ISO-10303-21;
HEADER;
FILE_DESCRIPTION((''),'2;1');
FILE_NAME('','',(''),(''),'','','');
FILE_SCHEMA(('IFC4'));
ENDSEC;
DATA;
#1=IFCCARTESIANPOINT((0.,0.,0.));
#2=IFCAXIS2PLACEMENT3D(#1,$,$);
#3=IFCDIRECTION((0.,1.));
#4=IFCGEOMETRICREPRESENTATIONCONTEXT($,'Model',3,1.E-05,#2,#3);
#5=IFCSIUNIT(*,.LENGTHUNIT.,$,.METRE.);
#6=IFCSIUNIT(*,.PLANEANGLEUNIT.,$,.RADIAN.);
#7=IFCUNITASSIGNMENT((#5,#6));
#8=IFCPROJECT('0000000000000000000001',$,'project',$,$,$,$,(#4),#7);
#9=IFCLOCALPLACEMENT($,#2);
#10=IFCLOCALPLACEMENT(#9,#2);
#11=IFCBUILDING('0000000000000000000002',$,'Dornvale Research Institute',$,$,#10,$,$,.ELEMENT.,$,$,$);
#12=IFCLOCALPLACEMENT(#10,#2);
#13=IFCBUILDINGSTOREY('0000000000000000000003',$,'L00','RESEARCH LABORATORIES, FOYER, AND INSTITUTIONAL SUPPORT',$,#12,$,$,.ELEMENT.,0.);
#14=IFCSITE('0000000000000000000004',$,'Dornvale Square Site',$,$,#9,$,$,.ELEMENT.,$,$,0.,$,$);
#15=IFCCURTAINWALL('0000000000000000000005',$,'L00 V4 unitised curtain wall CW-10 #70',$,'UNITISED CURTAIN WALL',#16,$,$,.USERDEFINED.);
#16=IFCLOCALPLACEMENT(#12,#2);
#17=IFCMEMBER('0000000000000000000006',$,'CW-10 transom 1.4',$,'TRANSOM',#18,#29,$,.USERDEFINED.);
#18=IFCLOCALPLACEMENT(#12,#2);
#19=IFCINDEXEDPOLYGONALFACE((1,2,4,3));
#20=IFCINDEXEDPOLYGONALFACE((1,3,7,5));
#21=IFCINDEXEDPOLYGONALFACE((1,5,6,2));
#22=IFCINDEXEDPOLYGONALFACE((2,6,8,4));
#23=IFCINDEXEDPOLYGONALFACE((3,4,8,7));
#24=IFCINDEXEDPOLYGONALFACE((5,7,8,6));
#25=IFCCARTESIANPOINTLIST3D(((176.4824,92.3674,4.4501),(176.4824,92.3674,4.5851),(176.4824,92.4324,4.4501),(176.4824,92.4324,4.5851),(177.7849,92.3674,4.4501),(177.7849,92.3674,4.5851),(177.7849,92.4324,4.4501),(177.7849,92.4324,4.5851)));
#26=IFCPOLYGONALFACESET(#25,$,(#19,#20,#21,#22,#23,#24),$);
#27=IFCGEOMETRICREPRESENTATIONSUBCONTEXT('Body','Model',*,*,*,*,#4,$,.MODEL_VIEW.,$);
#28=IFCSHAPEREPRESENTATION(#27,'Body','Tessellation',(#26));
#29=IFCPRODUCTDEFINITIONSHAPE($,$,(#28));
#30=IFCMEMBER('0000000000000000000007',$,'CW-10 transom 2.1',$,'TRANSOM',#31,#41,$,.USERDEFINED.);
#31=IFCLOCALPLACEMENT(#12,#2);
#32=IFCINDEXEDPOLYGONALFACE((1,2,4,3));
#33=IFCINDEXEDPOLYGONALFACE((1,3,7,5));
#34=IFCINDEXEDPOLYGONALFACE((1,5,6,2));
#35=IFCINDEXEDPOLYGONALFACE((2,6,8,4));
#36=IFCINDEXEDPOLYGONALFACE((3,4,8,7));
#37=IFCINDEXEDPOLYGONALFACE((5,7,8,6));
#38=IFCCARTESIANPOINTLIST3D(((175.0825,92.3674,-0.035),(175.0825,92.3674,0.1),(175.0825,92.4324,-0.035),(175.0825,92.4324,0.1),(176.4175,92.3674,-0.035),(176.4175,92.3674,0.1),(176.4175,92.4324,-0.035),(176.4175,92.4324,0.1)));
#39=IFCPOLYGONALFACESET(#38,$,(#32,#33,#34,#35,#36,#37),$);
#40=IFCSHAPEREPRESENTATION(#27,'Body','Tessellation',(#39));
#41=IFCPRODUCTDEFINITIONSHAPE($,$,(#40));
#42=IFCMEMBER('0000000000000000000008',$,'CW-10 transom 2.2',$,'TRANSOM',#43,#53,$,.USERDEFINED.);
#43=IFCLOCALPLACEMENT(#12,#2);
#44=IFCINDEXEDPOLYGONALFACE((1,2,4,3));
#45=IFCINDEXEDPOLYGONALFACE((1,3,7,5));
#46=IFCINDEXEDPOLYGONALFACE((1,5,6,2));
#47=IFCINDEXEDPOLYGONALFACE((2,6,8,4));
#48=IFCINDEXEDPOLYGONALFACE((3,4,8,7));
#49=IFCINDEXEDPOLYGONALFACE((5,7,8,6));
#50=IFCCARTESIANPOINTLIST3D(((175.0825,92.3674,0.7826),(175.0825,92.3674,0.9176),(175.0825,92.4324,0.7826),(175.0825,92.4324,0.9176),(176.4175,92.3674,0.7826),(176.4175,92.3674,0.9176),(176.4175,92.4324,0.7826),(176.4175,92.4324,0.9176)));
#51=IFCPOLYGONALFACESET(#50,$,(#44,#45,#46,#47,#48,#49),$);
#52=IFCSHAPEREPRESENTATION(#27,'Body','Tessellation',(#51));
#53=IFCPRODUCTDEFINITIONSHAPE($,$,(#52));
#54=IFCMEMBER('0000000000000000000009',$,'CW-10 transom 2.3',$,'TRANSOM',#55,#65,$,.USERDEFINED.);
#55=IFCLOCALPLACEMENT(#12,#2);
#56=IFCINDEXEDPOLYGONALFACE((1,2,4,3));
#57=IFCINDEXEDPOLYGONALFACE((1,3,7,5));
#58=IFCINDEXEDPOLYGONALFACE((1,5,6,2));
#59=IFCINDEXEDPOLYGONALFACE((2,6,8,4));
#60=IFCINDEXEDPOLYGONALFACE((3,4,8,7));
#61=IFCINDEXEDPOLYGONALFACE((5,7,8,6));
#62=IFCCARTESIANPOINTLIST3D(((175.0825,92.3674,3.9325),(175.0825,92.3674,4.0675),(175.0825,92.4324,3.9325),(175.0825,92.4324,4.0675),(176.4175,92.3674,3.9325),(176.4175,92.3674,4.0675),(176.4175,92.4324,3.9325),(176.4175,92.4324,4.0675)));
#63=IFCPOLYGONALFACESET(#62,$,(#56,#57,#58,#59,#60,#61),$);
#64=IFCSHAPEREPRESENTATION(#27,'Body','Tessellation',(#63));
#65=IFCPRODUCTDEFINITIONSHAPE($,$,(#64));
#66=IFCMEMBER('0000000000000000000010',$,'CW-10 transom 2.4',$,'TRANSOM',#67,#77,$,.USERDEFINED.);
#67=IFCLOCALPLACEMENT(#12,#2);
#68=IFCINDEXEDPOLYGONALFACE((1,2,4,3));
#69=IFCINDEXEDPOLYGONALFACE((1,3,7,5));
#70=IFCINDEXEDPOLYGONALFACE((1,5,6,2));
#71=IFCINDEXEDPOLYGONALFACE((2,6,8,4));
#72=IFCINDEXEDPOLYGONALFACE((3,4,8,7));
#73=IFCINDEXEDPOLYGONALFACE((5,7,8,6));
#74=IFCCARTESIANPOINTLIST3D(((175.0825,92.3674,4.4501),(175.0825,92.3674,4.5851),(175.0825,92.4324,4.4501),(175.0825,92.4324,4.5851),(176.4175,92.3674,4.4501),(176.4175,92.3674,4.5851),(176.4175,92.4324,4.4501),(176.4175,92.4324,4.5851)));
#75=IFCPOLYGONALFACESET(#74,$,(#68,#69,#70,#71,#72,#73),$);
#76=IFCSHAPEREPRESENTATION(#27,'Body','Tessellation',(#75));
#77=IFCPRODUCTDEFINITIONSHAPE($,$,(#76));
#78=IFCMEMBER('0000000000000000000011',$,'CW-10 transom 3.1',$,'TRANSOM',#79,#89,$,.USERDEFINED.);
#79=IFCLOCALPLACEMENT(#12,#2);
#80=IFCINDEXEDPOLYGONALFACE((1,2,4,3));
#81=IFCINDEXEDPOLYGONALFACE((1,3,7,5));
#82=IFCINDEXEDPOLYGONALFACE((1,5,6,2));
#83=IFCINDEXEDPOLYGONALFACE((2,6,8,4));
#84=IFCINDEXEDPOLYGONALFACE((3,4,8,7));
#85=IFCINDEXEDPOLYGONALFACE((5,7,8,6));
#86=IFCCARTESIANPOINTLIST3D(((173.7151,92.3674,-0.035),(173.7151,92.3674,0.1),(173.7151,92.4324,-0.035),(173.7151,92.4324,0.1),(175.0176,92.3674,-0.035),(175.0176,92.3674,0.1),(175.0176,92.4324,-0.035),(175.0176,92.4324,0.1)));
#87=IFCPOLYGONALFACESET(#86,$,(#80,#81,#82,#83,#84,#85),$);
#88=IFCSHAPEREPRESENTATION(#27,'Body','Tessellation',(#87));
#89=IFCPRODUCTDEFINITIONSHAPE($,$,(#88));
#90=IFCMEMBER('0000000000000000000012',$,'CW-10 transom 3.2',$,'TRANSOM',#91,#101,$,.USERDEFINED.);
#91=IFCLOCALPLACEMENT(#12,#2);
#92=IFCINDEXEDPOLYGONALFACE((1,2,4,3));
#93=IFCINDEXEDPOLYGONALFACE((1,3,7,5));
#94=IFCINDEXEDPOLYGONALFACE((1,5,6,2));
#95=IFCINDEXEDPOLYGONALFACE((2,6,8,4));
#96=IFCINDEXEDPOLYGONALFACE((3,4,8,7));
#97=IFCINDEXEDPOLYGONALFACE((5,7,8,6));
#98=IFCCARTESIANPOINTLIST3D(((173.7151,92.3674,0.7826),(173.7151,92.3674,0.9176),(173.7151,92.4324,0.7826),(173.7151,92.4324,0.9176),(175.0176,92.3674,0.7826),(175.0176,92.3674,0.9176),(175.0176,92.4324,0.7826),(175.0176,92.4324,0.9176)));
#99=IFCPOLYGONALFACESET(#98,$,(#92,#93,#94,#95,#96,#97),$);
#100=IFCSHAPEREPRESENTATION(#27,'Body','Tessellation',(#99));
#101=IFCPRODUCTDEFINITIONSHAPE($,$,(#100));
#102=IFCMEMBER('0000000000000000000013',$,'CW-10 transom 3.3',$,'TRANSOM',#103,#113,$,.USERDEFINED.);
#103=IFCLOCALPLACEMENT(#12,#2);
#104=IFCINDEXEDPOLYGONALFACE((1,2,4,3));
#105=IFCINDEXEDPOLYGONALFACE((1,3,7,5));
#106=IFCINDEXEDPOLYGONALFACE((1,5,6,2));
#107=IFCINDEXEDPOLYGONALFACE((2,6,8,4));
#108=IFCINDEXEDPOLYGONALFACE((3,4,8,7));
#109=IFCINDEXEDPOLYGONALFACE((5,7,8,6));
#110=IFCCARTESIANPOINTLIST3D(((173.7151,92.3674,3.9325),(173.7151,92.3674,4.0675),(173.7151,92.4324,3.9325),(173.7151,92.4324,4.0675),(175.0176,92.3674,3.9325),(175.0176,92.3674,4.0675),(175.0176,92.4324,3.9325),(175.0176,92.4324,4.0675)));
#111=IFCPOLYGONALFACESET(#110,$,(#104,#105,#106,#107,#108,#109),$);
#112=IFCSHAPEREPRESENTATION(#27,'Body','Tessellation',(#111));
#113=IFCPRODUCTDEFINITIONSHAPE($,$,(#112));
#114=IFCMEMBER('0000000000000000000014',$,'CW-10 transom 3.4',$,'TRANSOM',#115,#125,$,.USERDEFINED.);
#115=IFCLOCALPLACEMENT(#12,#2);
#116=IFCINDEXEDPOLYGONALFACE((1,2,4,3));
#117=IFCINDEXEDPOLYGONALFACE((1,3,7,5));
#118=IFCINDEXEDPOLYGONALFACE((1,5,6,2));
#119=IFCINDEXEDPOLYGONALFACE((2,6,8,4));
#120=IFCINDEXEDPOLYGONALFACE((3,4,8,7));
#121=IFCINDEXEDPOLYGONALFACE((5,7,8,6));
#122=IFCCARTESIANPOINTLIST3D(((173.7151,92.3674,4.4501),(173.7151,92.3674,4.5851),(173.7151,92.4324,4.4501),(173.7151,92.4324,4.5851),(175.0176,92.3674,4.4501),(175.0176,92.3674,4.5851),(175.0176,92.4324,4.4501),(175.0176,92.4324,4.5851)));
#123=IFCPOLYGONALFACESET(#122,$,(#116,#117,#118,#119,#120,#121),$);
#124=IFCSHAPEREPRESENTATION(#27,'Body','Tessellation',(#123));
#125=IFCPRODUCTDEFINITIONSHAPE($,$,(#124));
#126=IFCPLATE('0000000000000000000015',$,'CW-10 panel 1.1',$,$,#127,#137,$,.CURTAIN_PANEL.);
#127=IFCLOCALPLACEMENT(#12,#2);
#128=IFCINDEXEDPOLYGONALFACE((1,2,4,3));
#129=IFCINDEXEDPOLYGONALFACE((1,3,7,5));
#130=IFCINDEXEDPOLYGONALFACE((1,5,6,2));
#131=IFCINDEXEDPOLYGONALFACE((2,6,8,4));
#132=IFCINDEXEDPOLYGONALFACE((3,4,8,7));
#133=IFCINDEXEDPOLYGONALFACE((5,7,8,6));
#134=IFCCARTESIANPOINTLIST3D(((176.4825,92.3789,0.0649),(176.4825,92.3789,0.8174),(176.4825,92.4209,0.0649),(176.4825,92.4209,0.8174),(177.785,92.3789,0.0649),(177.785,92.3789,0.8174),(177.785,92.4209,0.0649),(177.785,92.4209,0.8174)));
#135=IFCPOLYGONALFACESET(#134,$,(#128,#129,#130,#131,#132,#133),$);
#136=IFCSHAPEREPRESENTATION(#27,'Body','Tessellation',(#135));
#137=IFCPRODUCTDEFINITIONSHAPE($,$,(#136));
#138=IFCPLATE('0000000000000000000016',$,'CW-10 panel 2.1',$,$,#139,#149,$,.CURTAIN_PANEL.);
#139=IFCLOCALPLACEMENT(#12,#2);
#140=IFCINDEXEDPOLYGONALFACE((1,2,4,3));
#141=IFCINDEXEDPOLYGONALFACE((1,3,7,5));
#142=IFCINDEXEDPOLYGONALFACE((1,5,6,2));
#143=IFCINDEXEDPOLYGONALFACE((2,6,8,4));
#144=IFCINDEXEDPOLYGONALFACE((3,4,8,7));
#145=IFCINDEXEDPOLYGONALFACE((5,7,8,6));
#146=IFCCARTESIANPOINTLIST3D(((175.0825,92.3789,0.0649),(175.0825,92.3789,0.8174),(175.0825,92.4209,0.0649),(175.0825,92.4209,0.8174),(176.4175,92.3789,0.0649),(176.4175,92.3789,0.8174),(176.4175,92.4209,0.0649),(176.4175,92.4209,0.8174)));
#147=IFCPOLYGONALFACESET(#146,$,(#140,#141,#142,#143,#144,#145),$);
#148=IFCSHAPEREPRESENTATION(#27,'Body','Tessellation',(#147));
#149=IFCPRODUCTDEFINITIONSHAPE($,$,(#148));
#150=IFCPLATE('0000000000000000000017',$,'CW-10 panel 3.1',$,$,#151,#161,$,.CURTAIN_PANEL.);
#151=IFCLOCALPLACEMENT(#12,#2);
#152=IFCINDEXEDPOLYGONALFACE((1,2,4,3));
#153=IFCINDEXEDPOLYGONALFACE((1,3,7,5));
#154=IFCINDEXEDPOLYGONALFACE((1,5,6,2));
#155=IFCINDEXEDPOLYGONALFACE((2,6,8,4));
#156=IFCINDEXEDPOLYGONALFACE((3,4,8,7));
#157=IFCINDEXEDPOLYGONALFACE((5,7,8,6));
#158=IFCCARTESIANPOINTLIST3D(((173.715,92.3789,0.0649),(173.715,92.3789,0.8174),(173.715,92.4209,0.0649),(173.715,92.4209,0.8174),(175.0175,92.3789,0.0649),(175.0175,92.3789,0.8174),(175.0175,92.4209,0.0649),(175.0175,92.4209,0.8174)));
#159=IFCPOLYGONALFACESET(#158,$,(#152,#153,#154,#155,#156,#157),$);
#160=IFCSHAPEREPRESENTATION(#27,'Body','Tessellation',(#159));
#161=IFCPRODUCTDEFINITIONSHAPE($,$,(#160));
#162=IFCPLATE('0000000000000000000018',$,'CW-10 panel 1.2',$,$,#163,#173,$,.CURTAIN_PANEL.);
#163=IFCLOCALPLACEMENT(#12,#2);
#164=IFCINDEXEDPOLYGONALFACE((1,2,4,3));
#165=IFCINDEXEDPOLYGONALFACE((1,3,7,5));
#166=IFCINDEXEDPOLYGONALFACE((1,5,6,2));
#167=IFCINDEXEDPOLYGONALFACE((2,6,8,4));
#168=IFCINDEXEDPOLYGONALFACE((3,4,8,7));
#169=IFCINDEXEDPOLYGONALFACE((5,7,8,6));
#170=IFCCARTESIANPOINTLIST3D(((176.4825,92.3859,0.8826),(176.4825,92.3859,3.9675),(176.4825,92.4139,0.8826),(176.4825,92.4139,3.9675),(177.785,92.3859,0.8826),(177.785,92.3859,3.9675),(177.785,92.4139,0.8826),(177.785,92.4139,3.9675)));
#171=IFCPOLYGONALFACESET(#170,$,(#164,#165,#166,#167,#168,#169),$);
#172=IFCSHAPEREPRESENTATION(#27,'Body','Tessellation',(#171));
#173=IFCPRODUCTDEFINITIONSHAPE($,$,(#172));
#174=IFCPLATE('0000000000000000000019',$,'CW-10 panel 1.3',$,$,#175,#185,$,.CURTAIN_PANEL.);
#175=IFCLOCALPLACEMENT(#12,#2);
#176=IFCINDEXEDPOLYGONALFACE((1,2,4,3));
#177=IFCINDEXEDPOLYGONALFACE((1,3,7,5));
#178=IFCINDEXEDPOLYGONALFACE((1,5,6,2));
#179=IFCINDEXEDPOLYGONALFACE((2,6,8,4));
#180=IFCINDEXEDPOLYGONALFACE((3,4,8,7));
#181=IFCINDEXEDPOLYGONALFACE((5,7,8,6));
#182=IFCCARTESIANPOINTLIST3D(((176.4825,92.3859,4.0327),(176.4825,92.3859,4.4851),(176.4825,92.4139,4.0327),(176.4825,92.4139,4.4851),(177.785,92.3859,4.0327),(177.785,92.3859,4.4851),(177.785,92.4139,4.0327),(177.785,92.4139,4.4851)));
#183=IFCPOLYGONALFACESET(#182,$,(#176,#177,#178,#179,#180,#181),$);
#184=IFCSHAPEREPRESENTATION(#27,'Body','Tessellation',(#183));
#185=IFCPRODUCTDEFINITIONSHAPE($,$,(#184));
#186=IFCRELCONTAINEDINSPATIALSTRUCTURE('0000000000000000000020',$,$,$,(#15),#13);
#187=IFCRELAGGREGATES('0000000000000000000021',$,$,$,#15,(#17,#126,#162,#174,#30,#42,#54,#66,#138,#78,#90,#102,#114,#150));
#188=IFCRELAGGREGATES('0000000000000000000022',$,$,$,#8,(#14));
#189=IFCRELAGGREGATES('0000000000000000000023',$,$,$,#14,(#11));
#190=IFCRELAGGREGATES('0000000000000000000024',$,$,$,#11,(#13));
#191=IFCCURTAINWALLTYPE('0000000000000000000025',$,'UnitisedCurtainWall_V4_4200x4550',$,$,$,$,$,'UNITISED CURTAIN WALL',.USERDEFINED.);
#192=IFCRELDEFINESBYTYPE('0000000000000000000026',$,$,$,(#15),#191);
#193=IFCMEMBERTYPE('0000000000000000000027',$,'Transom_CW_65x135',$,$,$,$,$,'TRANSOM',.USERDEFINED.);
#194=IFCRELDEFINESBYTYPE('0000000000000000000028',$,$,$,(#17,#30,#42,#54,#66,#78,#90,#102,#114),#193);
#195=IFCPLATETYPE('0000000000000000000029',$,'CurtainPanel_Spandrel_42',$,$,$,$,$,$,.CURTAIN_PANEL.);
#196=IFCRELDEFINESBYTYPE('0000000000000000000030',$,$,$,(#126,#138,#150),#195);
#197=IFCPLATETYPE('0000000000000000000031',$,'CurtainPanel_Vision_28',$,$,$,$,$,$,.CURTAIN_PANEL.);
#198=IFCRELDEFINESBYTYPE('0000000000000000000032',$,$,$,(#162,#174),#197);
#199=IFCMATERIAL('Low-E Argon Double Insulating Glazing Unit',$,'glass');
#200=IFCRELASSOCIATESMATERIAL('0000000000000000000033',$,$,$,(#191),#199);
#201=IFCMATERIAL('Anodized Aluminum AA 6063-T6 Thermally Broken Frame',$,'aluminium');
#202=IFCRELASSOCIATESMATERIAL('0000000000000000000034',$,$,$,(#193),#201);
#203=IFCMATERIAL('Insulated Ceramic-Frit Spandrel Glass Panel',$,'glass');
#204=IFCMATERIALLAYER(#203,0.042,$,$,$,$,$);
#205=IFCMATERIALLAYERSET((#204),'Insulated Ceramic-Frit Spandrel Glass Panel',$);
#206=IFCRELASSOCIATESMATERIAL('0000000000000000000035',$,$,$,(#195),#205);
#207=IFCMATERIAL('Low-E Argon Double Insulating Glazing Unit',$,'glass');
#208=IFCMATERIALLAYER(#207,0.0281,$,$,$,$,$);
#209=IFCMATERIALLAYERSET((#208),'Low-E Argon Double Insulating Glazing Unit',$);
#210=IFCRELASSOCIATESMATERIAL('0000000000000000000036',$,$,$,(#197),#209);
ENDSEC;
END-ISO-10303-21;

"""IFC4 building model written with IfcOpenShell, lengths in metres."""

from ifc_helpers import new_model, si_unit, direction, frame, origin, origin_2d, place, context, subcontext, project, spatial, rectangle, extrude, material, layer, layer_set, material_profile, profile_set, type_object, element, aggregate, save


model = new_model("IFC4")

# Units and contexts
model_context = context("Model", 3, precision=1e-05, world=origin(), true_north=direction((0.0, 1.0)))
body_context = subcontext(model_context, "Body", "Model", "MODEL_VIEW")
ifc_project = project(units=[si_unit("LENGTHUNIT", "METRE"), si_unit("PLANEANGLEUNIT", "RADIAN")], contexts=[model_context])

# Site, building, storey
site_placement = place(None, origin())
site = spatial("IfcSite", under=ifc_project, at=site_placement, Name="Dornvale Square Site", CompositionType="ELEMENT", RefElevation=0.0)
building_placement = place(site_placement, origin())
building = spatial("IfcBuilding", under=site, at=building_placement, Name="Dornvale Research Institute", CompositionType="ELEMENT")
storey_placement = place(building_placement, origin())
storey = spatial("IfcBuildingStorey", under=building, at=storey_placement, Name="L00", Description="RESEARCH LABORATORIES, FOYER, AND INSTITUTIONAL SUPPORT", CompositionType="ELEMENT", Elevation=0.0)

# Curtain wall, members, plates
ifc_material_1 = material(Name="Low-E Argon Double Insulating Glazing Unit", Category="glass")
curtain_wall_type = type_object("IfcCurtainWallType", Name="UnitisedCurtainWall_V4_4200x4550", ElementType="UNITISED CURTAIN WALL", PredefinedType="USERDEFINED", material=ifc_material_1)
curtain_wall_placement = place(storey_placement, origin())
curtain_wall = element("IfcCurtainWall", 1, at=curtain_wall_placement, inside=storey, type_object=curtain_wall_type, Name="L00 V4 unitised curtain wall CW-10 #70", ObjectType="UNITISED CURTAIN WALL", PredefinedType="USERDEFINED")
ifc_material_2 = material(Name="Anodized Aluminum AA 6063-T6 Thermally Broken Frame", Category="aluminium")
ifc_material_profile_1 = material_profile(ifc_material_2, rectangle(XDim=0.0649, YDim=0.135, at=origin_2d()), Name="ALU TRANSOM 65x135")
ifc_profile_set_1 = profile_set([ifc_material_profile_1], Name="Anodized Aluminum AA 6063-T6 Thermally Broken Frame")
member_type_1 = type_object("IfcMemberType", Name="Transom_CW_65x135", ElementType="TRANSOM", PredefinedType="USERDEFINED", material=ifc_profile_set_1)
member_1_placement = place(storey_placement, frame((177.7849, 92.3999, 4.5176), z_axis=(-1.0, 0.0, 0.0), x_axis=(0.0, -1.0, 0.0)))
member_1 = element("IfcMember", 2, at=member_1_placement, type_object=member_type_1, Name="CW-10 transom 1.4", ObjectType="TRANSOM", PredefinedType="USERDEFINED", context=body_context, shape_type="SweptSolid", body=[
    extrude(rectangle(XDim=0.0649, YDim=0.135, at=origin_2d()), origin(), (0.0, 0.0, 1.0), 1.3025),
])
member_2_placement = place(storey_placement, frame((176.4175, 92.3999, 0.0325), z_axis=(-1.0, 0.0, 0.0), x_axis=(0.0, -1.0, 0.0)))
member_2 = element("IfcMember", 3, at=member_2_placement, type_object=member_type_1, Name="CW-10 transom 2.1", ObjectType="TRANSOM", PredefinedType="USERDEFINED", context=body_context, shape_type="SweptSolid", body=[
    extrude(rectangle(XDim=0.0649, YDim=0.135, at=origin_2d()), origin(), (0.0, 0.0, 1.0), 1.335),
])
member_3_placement = place(storey_placement, frame((176.4175, 92.3999, 0.8501), z_axis=(-1.0, 0.0, 0.0), x_axis=(0.0, -1.0, 0.0)))
member_3 = element("IfcMember", 4, at=member_3_placement, type_object=member_type_1, Name="CW-10 transom 2.2", ObjectType="TRANSOM", PredefinedType="USERDEFINED", context=body_context, shape_type="SweptSolid", body=[
    extrude(rectangle(XDim=0.0649, YDim=0.135, at=origin_2d()), origin(), (0.0, 0.0, 1.0), 1.335),
])
member_4_placement = place(storey_placement, frame((176.4175, 92.3999, 4.0), z_axis=(-1.0, 0.0, 0.0), x_axis=(0.0, -1.0, 0.0)))
member_4 = element("IfcMember", 5, at=member_4_placement, type_object=member_type_1, Name="CW-10 transom 2.3", ObjectType="TRANSOM", PredefinedType="USERDEFINED", context=body_context, shape_type="SweptSolid", body=[
    extrude(rectangle(XDim=0.0649, YDim=0.135, at=origin_2d()), origin(), (0.0, 0.0, 1.0), 1.335),
])
member_5_placement = place(storey_placement, frame((176.4175, 92.3999, 4.5176), z_axis=(-1.0, 0.0, 0.0), x_axis=(0.0, -1.0, 0.0)))
member_5 = element("IfcMember", 6, at=member_5_placement, type_object=member_type_1, Name="CW-10 transom 2.4", ObjectType="TRANSOM", PredefinedType="USERDEFINED", context=body_context, shape_type="SweptSolid", body=[
    extrude(rectangle(XDim=0.0649, YDim=0.135, at=origin_2d()), origin(), (0.0, 0.0, 1.0), 1.335),
])
member_6_placement = place(storey_placement, frame((175.0176, 92.3999, 0.0325), z_axis=(-1.0, 0.0, 0.0), x_axis=(0.0, -1.0, 0.0)))
member_6 = element("IfcMember", 7, at=member_6_placement, type_object=member_type_1, Name="CW-10 transom 3.1", ObjectType="TRANSOM", PredefinedType="USERDEFINED", context=body_context, shape_type="SweptSolid", body=[
    extrude(rectangle(XDim=0.0649, YDim=0.135, at=origin_2d()), origin(), (0.0, 0.0, 1.0), 1.3025),
])
member_7_placement = place(storey_placement, frame((175.0176, 92.3999, 0.8501), z_axis=(-1.0, 0.0, 0.0), x_axis=(0.0, -1.0, 0.0)))
member_7 = element("IfcMember", 8, at=member_7_placement, type_object=member_type_1, Name="CW-10 transom 3.2", ObjectType="TRANSOM", PredefinedType="USERDEFINED", context=body_context, shape_type="SweptSolid", body=[
    extrude(rectangle(XDim=0.0649, YDim=0.135, at=origin_2d()), origin(), (0.0, 0.0, 1.0), 1.3025),
])
member_8_placement = place(storey_placement, frame((175.0176, 92.3999, 4.0), z_axis=(-1.0, 0.0, 0.0), x_axis=(0.0, -1.0, 0.0)))
member_8 = element("IfcMember", 9, at=member_8_placement, type_object=member_type_1, Name="CW-10 transom 3.3", ObjectType="TRANSOM", PredefinedType="USERDEFINED", context=body_context, shape_type="SweptSolid", body=[
    extrude(rectangle(XDim=0.0649, YDim=0.135, at=origin_2d()), origin(), (0.0, 0.0, 1.0), 1.3025),
])
member_9_placement = place(storey_placement, frame((175.0176, 92.3999, 4.5176), z_axis=(-1.0, 0.0, 0.0), x_axis=(0.0, -1.0, 0.0)))
member_9 = element("IfcMember", 10, at=member_9_placement, type_object=member_type_1, Name="CW-10 transom 3.4", ObjectType="TRANSOM", PredefinedType="USERDEFINED", context=body_context, shape_type="SweptSolid", body=[
    extrude(rectangle(XDim=0.0649, YDim=0.135, at=origin_2d()), origin(), (0.0, 0.0, 1.0), 1.3025),
])
ifc_material_3 = material(Name="Insulated Ceramic-Frit Spandrel Glass Panel", Category="glass")
ifc_layer_1 = layer(ifc_material_3, 0.042)
ifc_layer_set_1 = layer_set([ifc_layer_1], Name="Insulated Ceramic-Frit Spandrel Glass Panel")
plate_type_1 = type_object("IfcPlateType", Name="CurtainPanel_Spandrel_42", PredefinedType="CURTAIN_PANEL", material=ifc_layer_set_1)
plate_1_placement = place(storey_placement, frame((177.1338, 92.3999, 0.0649), z_axis=(0.0, 0.0, 1.0), x_axis=(-1.0, 0.0, 0.0)))
plate_1 = element("IfcPlate", 11, at=plate_1_placement, type_object=plate_type_1, Name="CW-10 panel 1.1", PredefinedType="CURTAIN_PANEL", context=body_context, shape_type="SweptSolid", body=[
    extrude(rectangle(XDim=1.3025, YDim=0.042, at=origin_2d()), origin(), (0.0, 0.0, 1.0), 0.7524),
])
plate_2_placement = place(storey_placement, frame((175.75, 92.3999, 0.0649), z_axis=(0.0, 0.0, 1.0), x_axis=(-1.0, 0.0, 0.0)))
plate_2 = element("IfcPlate", 12, at=plate_2_placement, type_object=plate_type_1, Name="CW-10 panel 2.1", PredefinedType="CURTAIN_PANEL", context=body_context, shape_type="SweptSolid", body=[
    extrude(rectangle(XDim=1.335, YDim=0.042, at=origin_2d()), origin(), (0.0, 0.0, 1.0), 0.7524),
])
plate_3_placement = place(storey_placement, frame((174.3662, 92.3999, 0.0649), z_axis=(0.0, 0.0, 1.0), x_axis=(-1.0, 0.0, 0.0)))
plate_3 = element("IfcPlate", 13, at=plate_3_placement, type_object=plate_type_1, Name="CW-10 panel 3.1", PredefinedType="CURTAIN_PANEL", context=body_context, shape_type="SweptSolid", body=[
    extrude(rectangle(XDim=1.3025, YDim=0.042, at=origin_2d()), origin(), (0.0, 0.0, 1.0), 0.7524),
])
ifc_material_4 = material(Name="Low-E Argon Double Insulating Glazing Unit", Category="glass")
ifc_layer_2 = layer(ifc_material_4, 0.0281)
ifc_layer_set_2 = layer_set([ifc_layer_2], Name="Low-E Argon Double Insulating Glazing Unit")
plate_type_2 = type_object("IfcPlateType", Name="CurtainPanel_Vision_28", PredefinedType="CURTAIN_PANEL", material=ifc_layer_set_2)
plate_4_placement = place(storey_placement, frame((177.1338, 92.3999, 0.8826), z_axis=(0.0, 0.0, 1.0), x_axis=(-1.0, 0.0, 0.0)))
plate_4 = element("IfcPlate", 14, at=plate_4_placement, type_object=plate_type_2, Name="CW-10 panel 1.2", PredefinedType="CURTAIN_PANEL", context=body_context, shape_type="SweptSolid", body=[
    extrude(rectangle(XDim=1.3025, YDim=0.0281, at=origin_2d()), origin(), (0.0, 0.0, 1.0), 3.085),
])
plate_5_placement = place(storey_placement, frame((177.1338, 92.3999, 4.0327), z_axis=(0.0, 0.0, 1.0), x_axis=(-1.0, 0.0, 0.0)))
plate_5 = element("IfcPlate", 15, at=plate_5_placement, type_object=plate_type_2, Name="CW-10 panel 1.3", PredefinedType="CURTAIN_PANEL", context=body_context, shape_type="SweptSolid", body=[
    extrude(rectangle(XDim=1.3025, YDim=0.0281, at=origin_2d()), origin(), (0.0, 0.0, 1.0), 0.4524),
])
aggregate(curtain_wall, [member_1, plate_1, plate_4, plate_5, member_2, member_3, member_4, member_5, plate_2, member_6, member_7, member_8, member_9, plate_3])

save(model, "model.ifc")
